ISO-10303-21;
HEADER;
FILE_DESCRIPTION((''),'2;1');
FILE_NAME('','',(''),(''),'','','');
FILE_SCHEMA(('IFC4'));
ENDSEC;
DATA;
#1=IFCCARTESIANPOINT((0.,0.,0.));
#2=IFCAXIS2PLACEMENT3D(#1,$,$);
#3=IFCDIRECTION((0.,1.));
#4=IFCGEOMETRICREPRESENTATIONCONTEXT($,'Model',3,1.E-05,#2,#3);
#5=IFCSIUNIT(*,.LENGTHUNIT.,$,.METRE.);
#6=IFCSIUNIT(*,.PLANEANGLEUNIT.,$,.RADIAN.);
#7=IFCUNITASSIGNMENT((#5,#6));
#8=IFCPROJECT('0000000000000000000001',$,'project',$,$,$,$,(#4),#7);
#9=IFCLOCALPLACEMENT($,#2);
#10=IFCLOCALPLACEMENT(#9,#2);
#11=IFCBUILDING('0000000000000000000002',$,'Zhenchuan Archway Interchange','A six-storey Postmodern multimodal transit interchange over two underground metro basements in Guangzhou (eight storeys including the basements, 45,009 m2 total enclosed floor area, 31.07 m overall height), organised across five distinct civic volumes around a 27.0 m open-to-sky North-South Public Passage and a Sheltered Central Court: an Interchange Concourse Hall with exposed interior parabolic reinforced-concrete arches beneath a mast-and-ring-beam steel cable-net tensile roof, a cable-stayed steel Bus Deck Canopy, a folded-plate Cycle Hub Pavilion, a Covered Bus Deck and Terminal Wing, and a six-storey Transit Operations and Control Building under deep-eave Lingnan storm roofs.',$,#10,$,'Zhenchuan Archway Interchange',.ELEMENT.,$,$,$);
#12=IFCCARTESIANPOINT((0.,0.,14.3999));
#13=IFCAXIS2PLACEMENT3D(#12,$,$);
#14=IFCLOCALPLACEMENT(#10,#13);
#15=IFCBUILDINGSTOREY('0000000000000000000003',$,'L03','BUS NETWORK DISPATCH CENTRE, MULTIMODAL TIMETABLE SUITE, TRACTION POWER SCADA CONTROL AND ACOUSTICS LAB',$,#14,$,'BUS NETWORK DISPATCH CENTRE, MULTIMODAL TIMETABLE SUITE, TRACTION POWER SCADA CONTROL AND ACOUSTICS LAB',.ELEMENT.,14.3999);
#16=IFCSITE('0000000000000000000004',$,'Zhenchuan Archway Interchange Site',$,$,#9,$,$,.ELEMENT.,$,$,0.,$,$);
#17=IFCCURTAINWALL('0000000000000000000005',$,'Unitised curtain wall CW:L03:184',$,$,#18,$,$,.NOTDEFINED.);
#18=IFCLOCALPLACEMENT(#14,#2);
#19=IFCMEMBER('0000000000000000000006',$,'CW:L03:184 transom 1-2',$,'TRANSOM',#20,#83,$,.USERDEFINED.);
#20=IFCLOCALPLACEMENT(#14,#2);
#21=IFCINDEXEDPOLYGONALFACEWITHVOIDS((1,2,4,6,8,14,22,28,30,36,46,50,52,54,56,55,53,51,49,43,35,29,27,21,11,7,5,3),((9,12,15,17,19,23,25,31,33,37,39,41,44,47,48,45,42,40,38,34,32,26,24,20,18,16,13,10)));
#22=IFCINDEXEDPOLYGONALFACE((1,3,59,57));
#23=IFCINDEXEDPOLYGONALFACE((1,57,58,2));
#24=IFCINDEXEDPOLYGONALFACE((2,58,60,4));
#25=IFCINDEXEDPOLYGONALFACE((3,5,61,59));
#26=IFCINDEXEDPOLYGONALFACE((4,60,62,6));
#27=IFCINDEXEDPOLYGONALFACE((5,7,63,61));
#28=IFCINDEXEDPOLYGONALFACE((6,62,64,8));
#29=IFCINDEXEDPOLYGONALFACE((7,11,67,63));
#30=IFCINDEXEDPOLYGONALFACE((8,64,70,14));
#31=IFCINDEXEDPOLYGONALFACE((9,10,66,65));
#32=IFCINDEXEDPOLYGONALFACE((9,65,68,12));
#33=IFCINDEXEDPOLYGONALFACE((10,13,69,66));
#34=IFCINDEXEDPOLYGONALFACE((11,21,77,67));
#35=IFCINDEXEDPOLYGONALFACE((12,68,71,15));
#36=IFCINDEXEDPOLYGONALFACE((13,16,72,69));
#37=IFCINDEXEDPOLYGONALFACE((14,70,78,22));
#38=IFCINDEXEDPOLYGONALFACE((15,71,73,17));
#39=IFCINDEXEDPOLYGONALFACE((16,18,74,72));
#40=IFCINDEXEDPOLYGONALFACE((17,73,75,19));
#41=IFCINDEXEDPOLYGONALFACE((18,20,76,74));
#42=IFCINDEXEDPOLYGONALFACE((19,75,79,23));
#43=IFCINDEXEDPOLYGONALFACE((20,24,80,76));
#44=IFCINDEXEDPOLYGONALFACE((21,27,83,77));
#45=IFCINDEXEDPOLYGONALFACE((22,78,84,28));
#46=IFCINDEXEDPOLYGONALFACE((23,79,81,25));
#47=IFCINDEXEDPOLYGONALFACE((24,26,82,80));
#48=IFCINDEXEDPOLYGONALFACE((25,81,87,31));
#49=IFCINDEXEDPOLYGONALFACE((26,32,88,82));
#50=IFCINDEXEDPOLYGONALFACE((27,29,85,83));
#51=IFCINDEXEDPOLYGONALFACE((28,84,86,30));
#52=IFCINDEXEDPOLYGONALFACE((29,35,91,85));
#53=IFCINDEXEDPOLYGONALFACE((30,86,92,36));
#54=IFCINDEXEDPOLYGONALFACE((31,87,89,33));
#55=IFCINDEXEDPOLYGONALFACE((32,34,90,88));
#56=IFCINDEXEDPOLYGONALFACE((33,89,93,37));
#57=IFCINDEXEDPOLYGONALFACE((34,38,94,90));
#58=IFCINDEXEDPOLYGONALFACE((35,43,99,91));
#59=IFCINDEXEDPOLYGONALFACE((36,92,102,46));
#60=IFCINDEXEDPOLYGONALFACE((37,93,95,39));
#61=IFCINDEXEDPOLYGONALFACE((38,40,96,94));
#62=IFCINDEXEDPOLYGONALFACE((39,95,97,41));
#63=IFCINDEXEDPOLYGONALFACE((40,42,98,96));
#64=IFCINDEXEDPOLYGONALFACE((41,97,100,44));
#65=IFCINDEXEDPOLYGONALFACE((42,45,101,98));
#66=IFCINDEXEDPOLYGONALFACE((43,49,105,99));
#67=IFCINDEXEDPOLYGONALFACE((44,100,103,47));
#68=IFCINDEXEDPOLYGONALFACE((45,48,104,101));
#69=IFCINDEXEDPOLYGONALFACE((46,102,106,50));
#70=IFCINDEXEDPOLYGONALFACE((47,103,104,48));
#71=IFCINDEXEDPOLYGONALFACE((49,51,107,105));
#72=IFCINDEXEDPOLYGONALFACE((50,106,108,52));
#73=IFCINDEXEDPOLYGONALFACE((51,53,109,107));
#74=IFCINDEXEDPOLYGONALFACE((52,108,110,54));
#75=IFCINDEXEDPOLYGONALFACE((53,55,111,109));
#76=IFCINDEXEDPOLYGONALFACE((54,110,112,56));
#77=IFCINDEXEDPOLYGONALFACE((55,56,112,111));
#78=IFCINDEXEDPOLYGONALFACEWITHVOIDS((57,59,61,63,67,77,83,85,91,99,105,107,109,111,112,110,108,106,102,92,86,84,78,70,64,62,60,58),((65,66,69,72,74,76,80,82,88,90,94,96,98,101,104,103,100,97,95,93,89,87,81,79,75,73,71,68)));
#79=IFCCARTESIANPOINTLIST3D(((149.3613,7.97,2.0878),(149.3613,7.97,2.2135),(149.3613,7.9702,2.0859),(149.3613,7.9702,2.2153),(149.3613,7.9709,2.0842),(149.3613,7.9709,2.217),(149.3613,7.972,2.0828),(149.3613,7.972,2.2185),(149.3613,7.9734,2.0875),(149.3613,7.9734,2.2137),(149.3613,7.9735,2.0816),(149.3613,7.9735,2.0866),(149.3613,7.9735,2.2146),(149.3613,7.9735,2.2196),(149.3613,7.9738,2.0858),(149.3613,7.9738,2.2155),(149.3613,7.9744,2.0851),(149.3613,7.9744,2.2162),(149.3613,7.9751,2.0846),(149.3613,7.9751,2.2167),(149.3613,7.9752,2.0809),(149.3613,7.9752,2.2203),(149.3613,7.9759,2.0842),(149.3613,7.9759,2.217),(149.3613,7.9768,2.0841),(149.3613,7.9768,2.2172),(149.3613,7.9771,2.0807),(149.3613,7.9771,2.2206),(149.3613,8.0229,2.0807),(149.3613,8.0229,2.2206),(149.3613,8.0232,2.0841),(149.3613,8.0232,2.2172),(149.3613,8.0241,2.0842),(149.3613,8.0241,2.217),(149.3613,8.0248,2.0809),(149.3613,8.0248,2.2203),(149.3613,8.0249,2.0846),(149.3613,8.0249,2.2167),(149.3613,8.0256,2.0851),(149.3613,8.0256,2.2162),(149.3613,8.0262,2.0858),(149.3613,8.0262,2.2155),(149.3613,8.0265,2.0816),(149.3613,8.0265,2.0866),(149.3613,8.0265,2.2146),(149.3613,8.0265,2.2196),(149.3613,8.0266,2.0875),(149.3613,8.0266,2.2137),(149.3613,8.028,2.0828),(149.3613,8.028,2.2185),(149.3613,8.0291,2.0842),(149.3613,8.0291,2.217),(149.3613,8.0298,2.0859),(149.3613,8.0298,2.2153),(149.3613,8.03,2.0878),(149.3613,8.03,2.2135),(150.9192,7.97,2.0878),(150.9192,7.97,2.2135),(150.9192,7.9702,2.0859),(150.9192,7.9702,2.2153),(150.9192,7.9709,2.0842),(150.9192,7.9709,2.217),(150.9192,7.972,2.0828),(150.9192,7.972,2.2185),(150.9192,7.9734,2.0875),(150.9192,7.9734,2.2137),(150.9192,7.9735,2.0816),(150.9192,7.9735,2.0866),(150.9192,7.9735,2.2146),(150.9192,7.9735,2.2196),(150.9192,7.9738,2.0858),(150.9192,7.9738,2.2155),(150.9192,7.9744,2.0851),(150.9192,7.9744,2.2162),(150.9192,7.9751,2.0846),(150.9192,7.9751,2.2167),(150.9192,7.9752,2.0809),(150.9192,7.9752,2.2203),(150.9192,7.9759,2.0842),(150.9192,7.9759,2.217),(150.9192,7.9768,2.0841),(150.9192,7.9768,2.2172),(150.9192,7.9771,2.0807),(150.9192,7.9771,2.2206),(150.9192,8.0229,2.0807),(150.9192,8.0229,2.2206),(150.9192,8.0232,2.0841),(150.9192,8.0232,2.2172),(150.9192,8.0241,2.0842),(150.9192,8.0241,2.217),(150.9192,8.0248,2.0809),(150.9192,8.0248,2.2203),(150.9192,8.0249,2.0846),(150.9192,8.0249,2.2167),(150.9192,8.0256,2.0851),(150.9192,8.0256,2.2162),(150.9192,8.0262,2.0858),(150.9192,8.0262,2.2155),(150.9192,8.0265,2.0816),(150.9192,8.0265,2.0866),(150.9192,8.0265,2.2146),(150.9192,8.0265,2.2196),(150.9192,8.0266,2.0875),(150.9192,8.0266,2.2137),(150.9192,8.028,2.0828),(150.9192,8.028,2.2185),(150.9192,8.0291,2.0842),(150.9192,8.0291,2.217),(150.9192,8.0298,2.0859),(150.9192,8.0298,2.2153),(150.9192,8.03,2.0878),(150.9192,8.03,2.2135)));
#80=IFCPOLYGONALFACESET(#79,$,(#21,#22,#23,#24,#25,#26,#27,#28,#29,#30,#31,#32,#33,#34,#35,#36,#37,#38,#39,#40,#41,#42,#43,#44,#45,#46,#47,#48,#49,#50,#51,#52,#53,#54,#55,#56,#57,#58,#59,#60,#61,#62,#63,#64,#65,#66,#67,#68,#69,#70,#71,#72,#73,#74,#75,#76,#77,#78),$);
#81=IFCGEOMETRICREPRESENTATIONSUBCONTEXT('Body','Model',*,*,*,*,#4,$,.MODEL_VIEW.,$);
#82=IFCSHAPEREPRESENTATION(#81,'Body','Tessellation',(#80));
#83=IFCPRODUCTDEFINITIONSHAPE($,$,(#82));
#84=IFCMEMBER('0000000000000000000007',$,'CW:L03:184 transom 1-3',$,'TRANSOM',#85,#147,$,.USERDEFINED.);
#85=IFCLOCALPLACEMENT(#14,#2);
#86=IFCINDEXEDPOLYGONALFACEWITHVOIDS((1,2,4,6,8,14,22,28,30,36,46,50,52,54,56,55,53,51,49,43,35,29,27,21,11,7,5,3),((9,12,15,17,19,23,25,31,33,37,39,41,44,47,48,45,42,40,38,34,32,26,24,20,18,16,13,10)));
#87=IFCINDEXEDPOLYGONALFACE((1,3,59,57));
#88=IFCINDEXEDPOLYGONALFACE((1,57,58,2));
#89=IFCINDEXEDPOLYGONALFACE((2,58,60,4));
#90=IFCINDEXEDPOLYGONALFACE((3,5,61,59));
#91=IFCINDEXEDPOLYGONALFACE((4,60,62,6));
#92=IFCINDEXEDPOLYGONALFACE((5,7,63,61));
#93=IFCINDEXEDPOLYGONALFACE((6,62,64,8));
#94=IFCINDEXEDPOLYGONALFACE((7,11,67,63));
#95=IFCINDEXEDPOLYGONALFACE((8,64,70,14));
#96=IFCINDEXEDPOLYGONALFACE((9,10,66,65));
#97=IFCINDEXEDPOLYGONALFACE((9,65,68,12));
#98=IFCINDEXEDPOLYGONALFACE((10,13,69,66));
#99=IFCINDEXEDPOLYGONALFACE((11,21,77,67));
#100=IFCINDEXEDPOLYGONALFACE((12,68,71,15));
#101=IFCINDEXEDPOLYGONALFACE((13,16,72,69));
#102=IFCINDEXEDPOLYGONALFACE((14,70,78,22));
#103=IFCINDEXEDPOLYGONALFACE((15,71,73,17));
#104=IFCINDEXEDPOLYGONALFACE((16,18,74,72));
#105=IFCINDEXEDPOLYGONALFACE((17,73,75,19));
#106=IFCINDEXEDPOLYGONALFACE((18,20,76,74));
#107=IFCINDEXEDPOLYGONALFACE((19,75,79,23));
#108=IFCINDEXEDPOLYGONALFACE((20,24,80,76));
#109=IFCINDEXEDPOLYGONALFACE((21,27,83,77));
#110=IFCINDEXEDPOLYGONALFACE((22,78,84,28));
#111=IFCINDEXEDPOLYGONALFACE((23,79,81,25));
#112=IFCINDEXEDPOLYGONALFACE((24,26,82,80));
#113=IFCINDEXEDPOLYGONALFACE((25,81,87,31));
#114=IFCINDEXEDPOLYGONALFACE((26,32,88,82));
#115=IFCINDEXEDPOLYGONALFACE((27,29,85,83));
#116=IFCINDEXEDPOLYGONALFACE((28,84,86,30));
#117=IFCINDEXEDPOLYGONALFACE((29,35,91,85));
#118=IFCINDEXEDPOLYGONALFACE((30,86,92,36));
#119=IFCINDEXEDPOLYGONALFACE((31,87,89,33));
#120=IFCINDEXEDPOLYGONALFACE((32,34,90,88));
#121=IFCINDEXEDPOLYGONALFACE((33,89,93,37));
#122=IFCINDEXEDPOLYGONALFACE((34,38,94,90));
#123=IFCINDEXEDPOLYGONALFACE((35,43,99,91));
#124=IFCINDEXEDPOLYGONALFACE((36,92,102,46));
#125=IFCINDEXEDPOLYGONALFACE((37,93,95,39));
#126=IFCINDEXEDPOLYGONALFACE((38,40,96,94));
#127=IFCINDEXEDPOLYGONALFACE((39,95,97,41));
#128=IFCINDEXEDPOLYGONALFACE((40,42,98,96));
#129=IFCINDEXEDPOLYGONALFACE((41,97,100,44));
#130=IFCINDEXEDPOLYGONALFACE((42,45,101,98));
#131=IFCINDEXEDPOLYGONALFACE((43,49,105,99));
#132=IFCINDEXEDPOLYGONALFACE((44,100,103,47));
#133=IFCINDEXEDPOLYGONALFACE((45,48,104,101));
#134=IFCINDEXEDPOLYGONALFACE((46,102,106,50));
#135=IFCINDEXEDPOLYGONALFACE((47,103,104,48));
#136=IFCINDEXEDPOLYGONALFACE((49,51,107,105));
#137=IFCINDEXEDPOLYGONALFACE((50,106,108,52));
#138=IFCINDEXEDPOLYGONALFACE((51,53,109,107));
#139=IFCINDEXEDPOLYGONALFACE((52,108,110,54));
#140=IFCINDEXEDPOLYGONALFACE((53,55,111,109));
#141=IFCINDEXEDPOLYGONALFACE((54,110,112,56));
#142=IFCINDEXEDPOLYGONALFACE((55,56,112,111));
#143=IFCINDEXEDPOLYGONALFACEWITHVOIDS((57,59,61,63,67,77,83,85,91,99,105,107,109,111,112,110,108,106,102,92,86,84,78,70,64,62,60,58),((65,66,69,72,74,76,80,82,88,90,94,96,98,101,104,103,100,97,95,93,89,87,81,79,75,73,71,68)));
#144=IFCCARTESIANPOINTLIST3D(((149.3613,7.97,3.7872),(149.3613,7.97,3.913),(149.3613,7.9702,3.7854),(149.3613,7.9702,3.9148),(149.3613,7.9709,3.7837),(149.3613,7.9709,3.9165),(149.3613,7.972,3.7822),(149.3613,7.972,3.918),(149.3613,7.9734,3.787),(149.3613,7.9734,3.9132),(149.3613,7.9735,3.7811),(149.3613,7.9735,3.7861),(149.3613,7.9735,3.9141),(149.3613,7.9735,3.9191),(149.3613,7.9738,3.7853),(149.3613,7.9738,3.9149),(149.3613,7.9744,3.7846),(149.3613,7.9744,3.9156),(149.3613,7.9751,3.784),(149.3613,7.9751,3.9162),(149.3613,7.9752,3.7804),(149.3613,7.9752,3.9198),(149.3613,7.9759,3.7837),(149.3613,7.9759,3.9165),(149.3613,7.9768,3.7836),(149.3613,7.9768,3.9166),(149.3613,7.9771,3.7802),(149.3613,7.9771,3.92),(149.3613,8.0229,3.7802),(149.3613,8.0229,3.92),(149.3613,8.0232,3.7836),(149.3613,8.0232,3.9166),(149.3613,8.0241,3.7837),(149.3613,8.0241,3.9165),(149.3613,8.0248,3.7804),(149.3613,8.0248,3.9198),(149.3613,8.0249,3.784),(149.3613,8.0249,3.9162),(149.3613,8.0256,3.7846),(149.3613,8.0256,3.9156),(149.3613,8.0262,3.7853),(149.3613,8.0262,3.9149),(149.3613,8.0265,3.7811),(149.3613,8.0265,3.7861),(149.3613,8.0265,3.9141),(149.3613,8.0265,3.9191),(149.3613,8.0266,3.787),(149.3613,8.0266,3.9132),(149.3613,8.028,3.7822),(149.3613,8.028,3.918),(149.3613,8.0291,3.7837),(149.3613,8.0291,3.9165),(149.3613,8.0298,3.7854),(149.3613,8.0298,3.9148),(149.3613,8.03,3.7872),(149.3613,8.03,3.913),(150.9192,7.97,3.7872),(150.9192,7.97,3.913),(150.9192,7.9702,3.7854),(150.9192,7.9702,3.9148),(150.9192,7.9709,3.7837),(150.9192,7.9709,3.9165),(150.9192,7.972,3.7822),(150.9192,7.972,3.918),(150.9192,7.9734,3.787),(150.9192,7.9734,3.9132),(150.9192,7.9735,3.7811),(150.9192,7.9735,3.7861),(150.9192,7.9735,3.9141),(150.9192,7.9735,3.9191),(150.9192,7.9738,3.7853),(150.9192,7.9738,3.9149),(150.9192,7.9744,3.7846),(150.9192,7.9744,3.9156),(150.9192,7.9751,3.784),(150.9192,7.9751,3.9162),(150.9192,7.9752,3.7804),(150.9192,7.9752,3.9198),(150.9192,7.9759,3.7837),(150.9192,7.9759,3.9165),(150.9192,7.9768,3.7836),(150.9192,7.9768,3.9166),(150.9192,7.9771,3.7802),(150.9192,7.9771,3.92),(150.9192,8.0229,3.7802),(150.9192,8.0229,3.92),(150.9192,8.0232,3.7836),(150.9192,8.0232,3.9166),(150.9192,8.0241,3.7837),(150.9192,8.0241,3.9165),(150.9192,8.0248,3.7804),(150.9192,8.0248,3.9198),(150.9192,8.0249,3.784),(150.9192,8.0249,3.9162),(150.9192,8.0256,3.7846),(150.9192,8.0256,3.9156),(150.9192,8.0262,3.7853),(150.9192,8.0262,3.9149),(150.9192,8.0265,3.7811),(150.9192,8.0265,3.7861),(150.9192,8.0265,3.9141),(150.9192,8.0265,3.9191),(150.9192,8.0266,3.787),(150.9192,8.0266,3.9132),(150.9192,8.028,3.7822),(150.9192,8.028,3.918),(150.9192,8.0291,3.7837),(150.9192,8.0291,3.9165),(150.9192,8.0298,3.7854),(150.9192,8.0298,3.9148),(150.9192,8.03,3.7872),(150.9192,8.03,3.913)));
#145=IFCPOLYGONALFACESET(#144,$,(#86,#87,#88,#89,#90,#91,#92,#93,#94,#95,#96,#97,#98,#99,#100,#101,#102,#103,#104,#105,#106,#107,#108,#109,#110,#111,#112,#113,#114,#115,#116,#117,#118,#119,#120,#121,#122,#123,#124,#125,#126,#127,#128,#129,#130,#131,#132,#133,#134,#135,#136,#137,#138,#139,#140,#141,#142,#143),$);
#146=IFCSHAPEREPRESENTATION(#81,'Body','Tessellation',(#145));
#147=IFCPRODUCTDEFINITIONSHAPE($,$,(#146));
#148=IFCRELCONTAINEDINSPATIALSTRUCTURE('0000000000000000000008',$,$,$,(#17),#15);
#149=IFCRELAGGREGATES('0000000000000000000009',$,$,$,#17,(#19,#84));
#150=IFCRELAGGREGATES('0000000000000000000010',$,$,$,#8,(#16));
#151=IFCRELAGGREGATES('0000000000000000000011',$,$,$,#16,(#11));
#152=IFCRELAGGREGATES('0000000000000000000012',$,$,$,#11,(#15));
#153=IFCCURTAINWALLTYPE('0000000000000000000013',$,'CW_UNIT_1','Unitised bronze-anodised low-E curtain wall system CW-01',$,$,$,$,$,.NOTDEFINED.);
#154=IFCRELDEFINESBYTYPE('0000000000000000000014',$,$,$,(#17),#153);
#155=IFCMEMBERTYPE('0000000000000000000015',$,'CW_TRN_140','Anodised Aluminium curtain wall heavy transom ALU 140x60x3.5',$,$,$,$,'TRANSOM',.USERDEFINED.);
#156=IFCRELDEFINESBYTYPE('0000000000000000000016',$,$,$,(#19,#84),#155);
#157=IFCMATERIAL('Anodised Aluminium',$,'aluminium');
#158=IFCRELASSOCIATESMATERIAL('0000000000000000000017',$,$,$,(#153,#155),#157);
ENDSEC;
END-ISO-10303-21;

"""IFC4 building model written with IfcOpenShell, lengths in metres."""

from ifc_helpers import new_model, si_unit, direction, frame, origin, origin_2d, place, context, subcontext, project, spatial, hollow_rectangle, extrude, material, material_profile, profile_set, type_object, element, aggregate, save


model = new_model("IFC4")

# Units and contexts
model_context = context("Model", 3, precision=1e-05, world=origin(), true_north=direction((0.0, 1.0)))
body_context = subcontext(model_context, "Body", "Model", "MODEL_VIEW")
ifc_project = project(units=[si_unit("LENGTHUNIT", "METRE"), si_unit("PLANEANGLEUNIT", "RADIAN")], contexts=[model_context])

# Site, building, storey
site_placement = place(None, origin())
site = spatial("IfcSite", under=ifc_project, at=site_placement, Name="Zhenchuan Archway Interchange Site", CompositionType="ELEMENT", RefElevation=0.0)
building_placement = place(site_placement, origin())
building = spatial("IfcBuilding", under=site, at=building_placement, Name="Zhenchuan Archway Interchange", Description="A six-storey Postmodern multimodal transit interchange over two underground metro basements in Guangzhou (eight storeys including the basements, 45,009 m2 total enclosed floor area, 31.07 m overall height), organised across five distinct civic volumes around a 27.0 m open-to-sky North-South Public Passage and a Sheltered Central Court: an Interchange Concourse Hall with exposed interior parabolic reinforced-concrete arches beneath a mast-and-ring-beam steel cable-net tensile roof, a cable-stayed steel Bus Deck Canopy, a folded-plate Cycle Hub Pavilion, a Covered Bus Deck and Terminal Wing, and a six-storey Transit Operations and Control Building under deep-eave Lingnan storm roofs.", LongName="Zhenchuan Archway Interchange", CompositionType="ELEMENT")
storey_placement = place(building_placement, frame((0.0, 0.0, 14.3999)))
storey = spatial("IfcBuildingStorey", under=building, at=storey_placement, Name="L03", Description="BUS NETWORK DISPATCH CENTRE, MULTIMODAL TIMETABLE SUITE, TRACTION POWER SCADA CONTROL AND ACOUSTICS LAB", LongName="BUS NETWORK DISPATCH CENTRE, MULTIMODAL TIMETABLE SUITE, TRACTION POWER SCADA CONTROL AND ACOUSTICS LAB", CompositionType="ELEMENT", Elevation=14.3999)

# Curtain wall, members
ifc_material_1 = material(Name="Anodised Aluminium", Category="aluminium")
curtain_wall_type = type_object("IfcCurtainWallType", Name="CW_UNIT_1", Description="Unitised bronze-anodised low-E curtain wall system CW-01", PredefinedType="NOTDEFINED", material=ifc_material_1)
curtain_wall_placement = place(storey_placement, origin())
curtain_wall = element("IfcCurtainWall", 1, at=curtain_wall_placement, inside=storey, type_object=curtain_wall_type, Name="Unitised curtain wall CW:L03:184", PredefinedType="NOTDEFINED")
ifc_material_profile_1 = material_profile(ifc_material_1, hollow_rectangle(XDim=0.0601, YDim=0.1399, WallThickness=0.0034, InnerFilletRadius=0.0034, OuterFilletRadius=0.0071, at=origin_2d()), Name="ALU 140x60x3.5")
ifc_profile_set_1 = profile_set([ifc_material_profile_1], Name="Anodised Aluminium")
member_type_1 = type_object("IfcMemberType", Name="CW_TRN_140", Description="Anodised Aluminium curtain wall heavy transom ALU 140x60x3.5", ElementType="TRANSOM", PredefinedType="USERDEFINED", material=ifc_profile_set_1)
member_1_placement = place(storey_placement, frame((150.9192, 8.0, 2.1506), z_axis=(-1.0, 0.0, 0.0), x_axis=(0.0, -1.0, 0.0)))
member_1 = element("IfcMember", 2, at=member_1_placement, type_object=member_type_1, Name="CW:L03:184 transom 1-2", ObjectType="TRANSOM", PredefinedType="USERDEFINED", context=body_context, shape_type="SweptSolid", body=[
    extrude(hollow_rectangle(XDim=0.0601, YDim=0.1399, WallThickness=0.0034, InnerFilletRadius=0.0034, OuterFilletRadius=0.0071, at=origin_2d()), origin(), (0.0, 0.0, 1.0), 1.5579),
])
member_2_placement = place(storey_placement, frame((150.9192, 8.0, 3.8501), z_axis=(-1.0, 0.0, 0.0), x_axis=(0.0, -1.0, 0.0)))
member_2 = element("IfcMember", 3, at=member_2_placement, type_object=member_type_1, Name="CW:L03:184 transom 1-3", ObjectType="TRANSOM", PredefinedType="USERDEFINED", context=body_context, shape_type="SweptSolid", body=[
    extrude(hollow_rectangle(XDim=0.0601, YDim=0.1399, WallThickness=0.0034, InnerFilletRadius=0.0034, OuterFilletRadius=0.0071, at=origin_2d()), origin(), (0.0, 0.0, 1.0), 1.5579),
])

aggregate(curtain_wall, [member_1, member_2])

save(model, "model.ifc")
